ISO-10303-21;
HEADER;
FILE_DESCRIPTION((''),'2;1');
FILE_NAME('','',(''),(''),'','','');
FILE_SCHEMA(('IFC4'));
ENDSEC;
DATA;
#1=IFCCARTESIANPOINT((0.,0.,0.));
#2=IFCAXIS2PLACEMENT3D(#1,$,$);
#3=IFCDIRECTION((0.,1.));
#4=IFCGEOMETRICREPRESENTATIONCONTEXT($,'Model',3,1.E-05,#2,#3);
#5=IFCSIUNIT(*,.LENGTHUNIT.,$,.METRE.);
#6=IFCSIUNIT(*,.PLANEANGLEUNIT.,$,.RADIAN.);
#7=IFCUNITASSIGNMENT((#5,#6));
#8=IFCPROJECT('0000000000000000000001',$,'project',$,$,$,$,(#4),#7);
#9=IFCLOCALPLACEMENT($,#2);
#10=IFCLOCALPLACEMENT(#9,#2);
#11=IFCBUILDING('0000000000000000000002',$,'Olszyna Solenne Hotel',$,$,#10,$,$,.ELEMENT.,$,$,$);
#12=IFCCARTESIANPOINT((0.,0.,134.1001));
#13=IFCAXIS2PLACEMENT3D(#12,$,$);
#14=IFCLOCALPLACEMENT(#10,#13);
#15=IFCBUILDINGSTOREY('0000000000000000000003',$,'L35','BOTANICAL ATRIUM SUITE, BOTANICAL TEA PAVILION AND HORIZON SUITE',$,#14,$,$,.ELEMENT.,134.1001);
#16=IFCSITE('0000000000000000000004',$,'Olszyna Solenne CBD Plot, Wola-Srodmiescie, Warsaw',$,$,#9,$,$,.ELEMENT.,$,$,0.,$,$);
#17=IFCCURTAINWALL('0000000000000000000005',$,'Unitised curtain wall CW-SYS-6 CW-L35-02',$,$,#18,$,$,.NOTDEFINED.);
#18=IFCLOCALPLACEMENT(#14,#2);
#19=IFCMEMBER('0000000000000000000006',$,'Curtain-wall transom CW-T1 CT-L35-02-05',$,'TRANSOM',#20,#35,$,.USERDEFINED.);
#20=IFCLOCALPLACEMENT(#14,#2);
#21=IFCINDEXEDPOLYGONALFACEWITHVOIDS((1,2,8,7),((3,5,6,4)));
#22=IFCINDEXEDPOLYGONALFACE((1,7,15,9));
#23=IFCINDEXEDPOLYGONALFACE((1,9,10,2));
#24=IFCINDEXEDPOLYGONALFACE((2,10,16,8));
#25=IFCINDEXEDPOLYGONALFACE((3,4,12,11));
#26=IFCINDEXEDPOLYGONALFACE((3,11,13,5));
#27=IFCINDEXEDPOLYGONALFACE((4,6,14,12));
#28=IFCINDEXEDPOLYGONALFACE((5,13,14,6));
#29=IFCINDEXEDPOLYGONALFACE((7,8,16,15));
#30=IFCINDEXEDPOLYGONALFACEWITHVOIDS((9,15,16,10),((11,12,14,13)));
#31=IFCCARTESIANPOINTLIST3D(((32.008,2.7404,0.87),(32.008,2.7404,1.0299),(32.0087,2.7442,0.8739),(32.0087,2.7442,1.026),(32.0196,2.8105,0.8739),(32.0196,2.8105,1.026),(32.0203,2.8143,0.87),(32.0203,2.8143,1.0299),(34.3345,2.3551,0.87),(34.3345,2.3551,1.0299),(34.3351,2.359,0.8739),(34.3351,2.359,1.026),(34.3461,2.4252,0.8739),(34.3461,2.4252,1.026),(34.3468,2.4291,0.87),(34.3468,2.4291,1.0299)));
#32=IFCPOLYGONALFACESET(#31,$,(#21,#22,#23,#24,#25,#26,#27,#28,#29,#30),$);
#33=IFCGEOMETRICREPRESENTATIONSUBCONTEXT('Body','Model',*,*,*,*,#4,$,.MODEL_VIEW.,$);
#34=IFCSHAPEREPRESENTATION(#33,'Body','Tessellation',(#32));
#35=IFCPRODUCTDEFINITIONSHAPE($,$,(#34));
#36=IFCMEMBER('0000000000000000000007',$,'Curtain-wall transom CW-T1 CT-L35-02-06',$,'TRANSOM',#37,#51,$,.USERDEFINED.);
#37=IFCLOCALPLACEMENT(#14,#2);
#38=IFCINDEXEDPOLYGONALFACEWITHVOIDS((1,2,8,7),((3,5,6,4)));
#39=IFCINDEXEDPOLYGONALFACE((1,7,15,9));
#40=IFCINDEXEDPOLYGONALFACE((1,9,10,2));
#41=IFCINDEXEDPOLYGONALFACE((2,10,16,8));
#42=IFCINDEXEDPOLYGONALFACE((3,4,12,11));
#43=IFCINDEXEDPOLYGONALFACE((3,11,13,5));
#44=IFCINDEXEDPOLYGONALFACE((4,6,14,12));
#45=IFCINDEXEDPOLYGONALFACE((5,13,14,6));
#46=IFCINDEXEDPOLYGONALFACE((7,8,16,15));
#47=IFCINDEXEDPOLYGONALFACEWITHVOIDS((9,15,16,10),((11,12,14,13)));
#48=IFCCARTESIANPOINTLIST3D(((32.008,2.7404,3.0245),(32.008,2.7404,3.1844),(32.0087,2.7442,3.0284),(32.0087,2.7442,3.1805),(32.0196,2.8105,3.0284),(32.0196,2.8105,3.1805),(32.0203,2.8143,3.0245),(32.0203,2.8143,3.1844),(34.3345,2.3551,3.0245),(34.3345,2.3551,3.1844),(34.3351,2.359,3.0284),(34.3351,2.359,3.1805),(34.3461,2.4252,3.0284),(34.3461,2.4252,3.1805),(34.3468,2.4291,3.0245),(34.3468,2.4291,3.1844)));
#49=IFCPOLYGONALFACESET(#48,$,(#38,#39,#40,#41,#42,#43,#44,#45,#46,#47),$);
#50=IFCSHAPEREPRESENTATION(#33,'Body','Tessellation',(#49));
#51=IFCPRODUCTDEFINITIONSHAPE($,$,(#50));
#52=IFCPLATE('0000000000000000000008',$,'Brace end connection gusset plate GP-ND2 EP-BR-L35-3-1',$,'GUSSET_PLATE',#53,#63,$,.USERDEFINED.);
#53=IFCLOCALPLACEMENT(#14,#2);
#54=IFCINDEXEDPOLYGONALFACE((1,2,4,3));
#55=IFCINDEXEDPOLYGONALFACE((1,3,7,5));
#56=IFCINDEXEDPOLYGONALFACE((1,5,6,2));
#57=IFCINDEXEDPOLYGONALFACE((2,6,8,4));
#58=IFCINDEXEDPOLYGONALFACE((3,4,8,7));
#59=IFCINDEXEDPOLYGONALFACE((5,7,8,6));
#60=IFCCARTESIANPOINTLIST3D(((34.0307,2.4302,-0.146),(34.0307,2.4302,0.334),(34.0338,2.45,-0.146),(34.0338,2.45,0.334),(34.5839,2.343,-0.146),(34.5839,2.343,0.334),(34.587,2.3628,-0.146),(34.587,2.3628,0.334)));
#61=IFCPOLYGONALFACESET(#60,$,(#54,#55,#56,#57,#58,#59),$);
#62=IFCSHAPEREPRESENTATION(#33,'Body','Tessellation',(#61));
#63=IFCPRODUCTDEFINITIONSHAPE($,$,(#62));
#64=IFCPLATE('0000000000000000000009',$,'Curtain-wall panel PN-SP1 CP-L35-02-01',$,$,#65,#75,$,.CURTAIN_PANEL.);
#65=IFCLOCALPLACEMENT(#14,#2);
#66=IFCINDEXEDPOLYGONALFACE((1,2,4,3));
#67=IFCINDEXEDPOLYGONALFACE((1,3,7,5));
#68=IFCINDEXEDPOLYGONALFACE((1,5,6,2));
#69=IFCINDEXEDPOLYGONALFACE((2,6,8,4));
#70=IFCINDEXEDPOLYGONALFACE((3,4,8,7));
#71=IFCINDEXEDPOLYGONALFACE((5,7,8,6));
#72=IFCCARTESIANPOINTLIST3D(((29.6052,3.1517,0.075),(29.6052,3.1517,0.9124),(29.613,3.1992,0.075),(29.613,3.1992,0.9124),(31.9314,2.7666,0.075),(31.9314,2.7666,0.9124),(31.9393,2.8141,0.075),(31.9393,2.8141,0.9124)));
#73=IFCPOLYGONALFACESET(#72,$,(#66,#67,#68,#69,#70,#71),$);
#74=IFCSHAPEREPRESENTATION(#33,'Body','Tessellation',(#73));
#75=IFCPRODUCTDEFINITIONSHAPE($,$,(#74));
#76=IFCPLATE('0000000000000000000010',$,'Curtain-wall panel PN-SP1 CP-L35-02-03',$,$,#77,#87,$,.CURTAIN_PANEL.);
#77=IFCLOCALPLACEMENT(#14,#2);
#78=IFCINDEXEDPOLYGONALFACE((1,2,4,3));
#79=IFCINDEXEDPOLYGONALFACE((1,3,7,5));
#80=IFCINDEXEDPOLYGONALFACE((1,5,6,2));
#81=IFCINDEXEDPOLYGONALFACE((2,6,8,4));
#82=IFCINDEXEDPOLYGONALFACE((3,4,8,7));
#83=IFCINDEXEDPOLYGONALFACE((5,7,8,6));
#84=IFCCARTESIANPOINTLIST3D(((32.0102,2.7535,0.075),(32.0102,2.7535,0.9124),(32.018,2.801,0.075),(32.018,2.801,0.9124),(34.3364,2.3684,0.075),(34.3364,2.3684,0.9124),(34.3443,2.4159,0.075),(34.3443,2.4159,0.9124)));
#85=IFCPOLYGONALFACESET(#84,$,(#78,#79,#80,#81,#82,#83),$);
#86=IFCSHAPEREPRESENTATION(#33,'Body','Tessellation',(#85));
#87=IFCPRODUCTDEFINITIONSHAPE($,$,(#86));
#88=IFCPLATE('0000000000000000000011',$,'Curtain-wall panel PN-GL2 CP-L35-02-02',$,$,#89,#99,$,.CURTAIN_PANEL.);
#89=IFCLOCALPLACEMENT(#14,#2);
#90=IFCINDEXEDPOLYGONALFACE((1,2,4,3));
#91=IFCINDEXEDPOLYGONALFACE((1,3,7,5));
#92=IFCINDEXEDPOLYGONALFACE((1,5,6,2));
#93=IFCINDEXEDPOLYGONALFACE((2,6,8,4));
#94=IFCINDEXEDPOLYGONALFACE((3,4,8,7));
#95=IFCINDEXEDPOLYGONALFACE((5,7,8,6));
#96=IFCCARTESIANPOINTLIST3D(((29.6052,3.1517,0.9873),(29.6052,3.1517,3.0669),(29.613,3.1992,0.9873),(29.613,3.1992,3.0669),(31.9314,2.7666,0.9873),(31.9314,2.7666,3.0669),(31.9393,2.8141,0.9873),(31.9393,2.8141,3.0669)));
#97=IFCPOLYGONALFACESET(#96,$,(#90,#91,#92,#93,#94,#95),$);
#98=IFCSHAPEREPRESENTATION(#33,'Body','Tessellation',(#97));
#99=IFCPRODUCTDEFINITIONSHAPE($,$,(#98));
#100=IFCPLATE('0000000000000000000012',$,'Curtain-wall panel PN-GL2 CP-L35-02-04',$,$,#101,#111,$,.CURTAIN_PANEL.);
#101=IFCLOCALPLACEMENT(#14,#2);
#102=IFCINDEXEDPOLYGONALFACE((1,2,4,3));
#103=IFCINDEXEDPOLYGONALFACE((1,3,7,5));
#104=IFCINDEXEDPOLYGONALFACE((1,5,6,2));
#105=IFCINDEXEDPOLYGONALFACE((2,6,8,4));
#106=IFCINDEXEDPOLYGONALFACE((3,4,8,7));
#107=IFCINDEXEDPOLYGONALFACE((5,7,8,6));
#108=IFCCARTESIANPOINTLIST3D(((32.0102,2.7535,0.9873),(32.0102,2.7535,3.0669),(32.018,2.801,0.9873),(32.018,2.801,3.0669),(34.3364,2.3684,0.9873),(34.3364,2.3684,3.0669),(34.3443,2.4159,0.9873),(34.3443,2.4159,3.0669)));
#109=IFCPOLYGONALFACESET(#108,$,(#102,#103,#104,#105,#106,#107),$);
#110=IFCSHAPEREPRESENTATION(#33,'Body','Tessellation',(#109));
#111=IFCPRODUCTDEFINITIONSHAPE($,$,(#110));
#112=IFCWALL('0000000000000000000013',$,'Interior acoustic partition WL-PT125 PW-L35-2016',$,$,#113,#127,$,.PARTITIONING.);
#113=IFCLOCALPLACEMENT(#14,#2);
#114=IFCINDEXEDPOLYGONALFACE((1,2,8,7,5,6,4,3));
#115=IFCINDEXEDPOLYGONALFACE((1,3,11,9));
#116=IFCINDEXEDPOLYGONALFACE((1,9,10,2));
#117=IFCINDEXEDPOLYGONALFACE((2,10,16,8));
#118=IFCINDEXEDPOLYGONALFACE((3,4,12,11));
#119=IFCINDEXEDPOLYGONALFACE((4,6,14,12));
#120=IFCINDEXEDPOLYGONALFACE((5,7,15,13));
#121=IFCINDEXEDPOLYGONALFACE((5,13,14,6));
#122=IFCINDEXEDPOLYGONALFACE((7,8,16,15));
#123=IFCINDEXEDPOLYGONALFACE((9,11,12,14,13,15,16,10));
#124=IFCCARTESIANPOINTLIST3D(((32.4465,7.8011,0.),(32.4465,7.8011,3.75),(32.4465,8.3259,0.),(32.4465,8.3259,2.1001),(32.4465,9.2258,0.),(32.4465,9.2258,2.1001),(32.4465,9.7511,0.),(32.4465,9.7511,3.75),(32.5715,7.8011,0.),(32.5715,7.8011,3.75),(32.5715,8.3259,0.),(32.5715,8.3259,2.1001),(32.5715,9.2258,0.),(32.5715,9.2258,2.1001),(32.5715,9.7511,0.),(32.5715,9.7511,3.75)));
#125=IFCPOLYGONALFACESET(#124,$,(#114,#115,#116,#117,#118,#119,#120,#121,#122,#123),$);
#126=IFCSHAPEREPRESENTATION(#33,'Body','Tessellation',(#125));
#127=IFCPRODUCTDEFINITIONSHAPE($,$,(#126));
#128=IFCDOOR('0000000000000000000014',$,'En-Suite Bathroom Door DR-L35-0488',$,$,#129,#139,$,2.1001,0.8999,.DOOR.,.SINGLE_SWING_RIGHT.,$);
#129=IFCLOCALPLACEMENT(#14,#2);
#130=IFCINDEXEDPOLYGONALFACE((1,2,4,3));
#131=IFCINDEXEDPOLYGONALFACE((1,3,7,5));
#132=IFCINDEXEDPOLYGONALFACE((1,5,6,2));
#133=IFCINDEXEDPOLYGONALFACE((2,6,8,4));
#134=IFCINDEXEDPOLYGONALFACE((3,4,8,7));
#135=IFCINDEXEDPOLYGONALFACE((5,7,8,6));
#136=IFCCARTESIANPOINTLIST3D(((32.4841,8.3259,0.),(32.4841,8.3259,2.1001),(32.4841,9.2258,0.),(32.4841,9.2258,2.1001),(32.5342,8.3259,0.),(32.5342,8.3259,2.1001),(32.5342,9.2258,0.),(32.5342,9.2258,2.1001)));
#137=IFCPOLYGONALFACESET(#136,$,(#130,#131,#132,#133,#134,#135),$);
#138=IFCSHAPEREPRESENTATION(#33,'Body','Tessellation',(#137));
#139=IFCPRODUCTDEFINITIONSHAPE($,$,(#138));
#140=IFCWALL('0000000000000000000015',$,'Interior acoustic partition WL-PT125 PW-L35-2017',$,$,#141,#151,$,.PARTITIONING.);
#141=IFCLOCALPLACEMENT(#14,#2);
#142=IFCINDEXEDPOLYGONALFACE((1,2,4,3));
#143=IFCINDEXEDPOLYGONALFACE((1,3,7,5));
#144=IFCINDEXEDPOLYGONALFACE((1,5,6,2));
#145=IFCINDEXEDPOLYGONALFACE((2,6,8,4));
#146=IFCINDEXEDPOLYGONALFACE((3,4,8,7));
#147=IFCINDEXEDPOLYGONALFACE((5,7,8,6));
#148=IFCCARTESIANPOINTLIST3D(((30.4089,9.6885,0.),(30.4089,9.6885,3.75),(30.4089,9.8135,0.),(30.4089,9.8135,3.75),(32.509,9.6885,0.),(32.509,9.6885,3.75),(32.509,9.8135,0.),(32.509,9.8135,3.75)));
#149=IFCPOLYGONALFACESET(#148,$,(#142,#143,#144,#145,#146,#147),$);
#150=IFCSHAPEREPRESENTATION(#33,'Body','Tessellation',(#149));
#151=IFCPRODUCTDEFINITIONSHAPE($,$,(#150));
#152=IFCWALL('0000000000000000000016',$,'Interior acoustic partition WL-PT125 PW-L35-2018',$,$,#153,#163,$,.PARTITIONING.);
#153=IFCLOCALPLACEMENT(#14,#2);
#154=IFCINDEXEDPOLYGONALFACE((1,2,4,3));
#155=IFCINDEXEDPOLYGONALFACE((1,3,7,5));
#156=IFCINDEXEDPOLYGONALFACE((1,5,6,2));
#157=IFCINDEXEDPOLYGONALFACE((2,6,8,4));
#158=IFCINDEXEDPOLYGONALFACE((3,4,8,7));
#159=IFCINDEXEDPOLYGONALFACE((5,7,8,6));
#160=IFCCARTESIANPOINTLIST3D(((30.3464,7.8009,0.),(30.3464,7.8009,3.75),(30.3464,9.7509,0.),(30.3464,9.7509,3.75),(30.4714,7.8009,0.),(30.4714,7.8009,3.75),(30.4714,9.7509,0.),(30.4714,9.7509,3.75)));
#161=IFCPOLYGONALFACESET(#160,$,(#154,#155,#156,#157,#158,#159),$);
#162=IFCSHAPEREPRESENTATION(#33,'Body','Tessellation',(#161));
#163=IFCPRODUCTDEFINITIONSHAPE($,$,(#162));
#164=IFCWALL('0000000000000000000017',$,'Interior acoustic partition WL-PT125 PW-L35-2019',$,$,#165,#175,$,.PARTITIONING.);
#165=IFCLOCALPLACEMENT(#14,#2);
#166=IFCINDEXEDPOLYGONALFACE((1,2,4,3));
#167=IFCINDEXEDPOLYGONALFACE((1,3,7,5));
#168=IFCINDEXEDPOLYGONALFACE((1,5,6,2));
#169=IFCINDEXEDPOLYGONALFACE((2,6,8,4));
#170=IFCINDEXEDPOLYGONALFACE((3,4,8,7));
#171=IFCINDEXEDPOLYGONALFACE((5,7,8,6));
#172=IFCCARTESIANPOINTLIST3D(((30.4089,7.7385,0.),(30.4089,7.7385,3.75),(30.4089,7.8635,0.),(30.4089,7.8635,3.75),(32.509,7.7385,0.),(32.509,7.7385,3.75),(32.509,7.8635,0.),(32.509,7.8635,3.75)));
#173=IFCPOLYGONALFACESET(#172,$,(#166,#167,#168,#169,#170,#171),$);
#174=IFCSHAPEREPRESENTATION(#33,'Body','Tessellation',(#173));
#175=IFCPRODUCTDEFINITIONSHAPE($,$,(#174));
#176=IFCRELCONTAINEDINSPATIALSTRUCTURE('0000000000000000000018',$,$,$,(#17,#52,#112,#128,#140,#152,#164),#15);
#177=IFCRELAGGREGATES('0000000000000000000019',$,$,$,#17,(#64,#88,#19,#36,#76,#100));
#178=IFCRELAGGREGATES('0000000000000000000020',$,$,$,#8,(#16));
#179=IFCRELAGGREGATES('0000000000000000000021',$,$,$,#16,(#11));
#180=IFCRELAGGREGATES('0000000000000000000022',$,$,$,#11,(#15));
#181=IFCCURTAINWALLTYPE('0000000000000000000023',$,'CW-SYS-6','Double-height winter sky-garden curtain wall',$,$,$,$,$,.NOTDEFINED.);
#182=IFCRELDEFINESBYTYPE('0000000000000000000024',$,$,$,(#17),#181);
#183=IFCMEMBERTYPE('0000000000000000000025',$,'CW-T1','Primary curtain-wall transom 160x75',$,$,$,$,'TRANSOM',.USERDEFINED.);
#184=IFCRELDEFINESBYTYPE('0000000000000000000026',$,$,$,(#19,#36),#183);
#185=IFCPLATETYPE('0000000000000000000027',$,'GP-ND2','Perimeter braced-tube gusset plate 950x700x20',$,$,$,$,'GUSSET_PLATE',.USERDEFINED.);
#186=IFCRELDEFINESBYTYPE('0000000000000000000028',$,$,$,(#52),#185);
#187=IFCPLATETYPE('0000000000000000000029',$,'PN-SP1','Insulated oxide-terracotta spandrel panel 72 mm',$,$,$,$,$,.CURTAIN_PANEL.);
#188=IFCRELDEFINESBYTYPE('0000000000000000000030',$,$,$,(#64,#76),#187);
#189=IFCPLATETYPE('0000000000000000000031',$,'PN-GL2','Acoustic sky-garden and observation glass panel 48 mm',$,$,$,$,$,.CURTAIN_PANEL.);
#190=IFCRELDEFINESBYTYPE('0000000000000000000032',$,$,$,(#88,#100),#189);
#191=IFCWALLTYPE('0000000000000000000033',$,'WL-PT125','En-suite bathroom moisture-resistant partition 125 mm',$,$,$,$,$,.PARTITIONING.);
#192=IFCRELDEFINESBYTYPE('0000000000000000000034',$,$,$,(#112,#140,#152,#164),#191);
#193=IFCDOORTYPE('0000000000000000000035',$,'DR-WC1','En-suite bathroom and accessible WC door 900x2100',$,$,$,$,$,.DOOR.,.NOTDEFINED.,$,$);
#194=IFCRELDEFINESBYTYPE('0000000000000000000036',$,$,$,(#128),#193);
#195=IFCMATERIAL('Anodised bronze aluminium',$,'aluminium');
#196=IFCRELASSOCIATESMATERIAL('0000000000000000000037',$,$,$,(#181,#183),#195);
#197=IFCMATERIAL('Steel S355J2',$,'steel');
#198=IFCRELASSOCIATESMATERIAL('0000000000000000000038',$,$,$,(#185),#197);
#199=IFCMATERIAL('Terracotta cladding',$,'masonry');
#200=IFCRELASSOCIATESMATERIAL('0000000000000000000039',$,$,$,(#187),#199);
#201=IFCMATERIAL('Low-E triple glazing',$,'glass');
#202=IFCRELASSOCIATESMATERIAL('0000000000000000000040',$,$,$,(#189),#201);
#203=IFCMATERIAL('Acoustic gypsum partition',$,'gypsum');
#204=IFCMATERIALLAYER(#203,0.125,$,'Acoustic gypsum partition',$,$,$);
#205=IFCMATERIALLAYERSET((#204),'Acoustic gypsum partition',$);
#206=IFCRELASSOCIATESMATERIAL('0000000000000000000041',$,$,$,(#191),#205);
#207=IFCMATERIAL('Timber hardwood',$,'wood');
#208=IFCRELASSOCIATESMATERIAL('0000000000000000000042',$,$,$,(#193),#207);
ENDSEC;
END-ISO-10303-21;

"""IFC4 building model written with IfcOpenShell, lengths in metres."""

from ifc_helpers import new_model, si_unit, direction, frame, frame_2d, origin, origin_2d, place, context, subcontext, project, spatial, rectangle, hollow_rectangle, extrude, source, transform, mapped, material, layer, layer_set, material_profile, profile_set, type_object, type_shapes, element, fill, aggregate, save


model = new_model("IFC4")

# Units and contexts
model_context = context("Model", 3, precision=1e-05, world=origin(), true_north=direction((0.0, 1.0)))
body_context = subcontext(model_context, "Body", "Model", "MODEL_VIEW")
ifc_project = project(units=[si_unit("LENGTHUNIT", "METRE"), si_unit("PLANEANGLEUNIT", "RADIAN")], contexts=[model_context])

# Site, building, storey
site_placement = place(None, origin())
site = spatial("IfcSite", under=ifc_project, at=site_placement, Name="Olszyna Solenne CBD Plot, Wola-Srodmiescie, Warsaw", CompositionType="ELEMENT", RefElevation=0.0)
building_placement = place(site_placement, origin())
building = spatial("IfcBuilding", under=site, at=building_placement, Name="Olszyna Solenne Hotel", CompositionType="ELEMENT")
storey_placement = place(building_placement, frame((0.0, 0.0, 134.1001)))
storey = spatial("IfcBuildingStorey", under=building, at=storey_placement, Name="L35", Description="BOTANICAL ATRIUM SUITE, BOTANICAL TEA PAVILION AND HORIZON SUITE", CompositionType="ELEMENT", Elevation=134.1001)

# Shared definitions
ifc_material_1 = material(Name="Anodised bronze aluminium", Category="aluminium")
curtain_wall_type = type_object("IfcCurtainWallType", Name="CW-SYS-6", Description="Double-height winter sky-garden curtain wall", PredefinedType="NOTDEFINED", material=ifc_material_1)

# Curtain wall
curtain_wall_1_placement = place(storey_placement, origin())
curtain_wall_1 = element("IfcCurtainWall", 1, at=curtain_wall_1_placement, inside=storey, type_object=curtain_wall_type, Name="Unitised curtain wall CW-SYS-6 CW-L35-02", PredefinedType="NOTDEFINED")

# Members
ifc_material_profile_1 = material_profile(ifc_material_1, hollow_rectangle(XDim=0.075, YDim=0.1599, WallThickness=0.0039, at=origin_2d()), Name="TRAN 160x75x4", Category="load-bearing")
ifc_profile_set_1 = profile_set([ifc_material_profile_1], Name="Anodised bronze aluminium")
member_type_1 = type_object("IfcMemberType", Name="CW-T1", Description="Primary curtain-wall transom 160x75", ElementType="TRANSOM", PredefinedType="USERDEFINED", material=ifc_profile_set_1)
shared_shape_1 = source(origin(), body_context, "Body", "SweptSolid", [
    extrude(hollow_rectangle(XDim=0.075, YDim=0.1599, WallThickness=0.0039, at=origin_2d()), origin(), (0.0, 0.0, 1.0), 2.3582),
])
member_1_placement = place(storey_placement, frame((32.0142, 2.7773, 0.95), z_axis=(0.986564, -0.163375, 0.0), x_axis=(0.163375, 0.986564, 0.0)))
member_1 = element("IfcMember", 2, at=member_1_placement, type_object=member_type_1, Name="Curtain-wall transom CW-T1 CT-L35-02-05", ObjectType="TRANSOM", PredefinedType="USERDEFINED", context=body_context, shape_type="MappedRepresentation", body=[
    mapped(shared_shape_1, transform((0.0, 0.0, 0.0), x_axis=(1.0, 0.0, 0.0), y_axis=(0.0, 1.0, 0.0), z_axis=(0.0, 0.0, 1.0), scale=1.0)),
])
member_2_placement = place(storey_placement, frame((32.0142, 2.7773, 3.1045), z_axis=(0.986564, -0.163375, 0.0), x_axis=(0.163375, 0.986564, 0.0)))
member_2 = element("IfcMember", 3, at=member_2_placement, type_object=member_type_1, Name="Curtain-wall transom CW-T1 CT-L35-02-06", ObjectType="TRANSOM", PredefinedType="USERDEFINED", context=body_context, shape_type="MappedRepresentation", body=[
    mapped(shared_shape_1, transform((0.0, 0.0, 0.0), x_axis=(1.0, 0.0, 0.0), y_axis=(0.0, 1.0, 0.0), z_axis=(0.0, 0.0, 1.0), scale=1.0)),
])

# Plates
ifc_material_2 = material(Name="Steel S355J2", Category="steel")
plate_type_1 = type_object("IfcPlateType", Name="GP-ND2", Description="Perimeter braced-tube gusset plate 950x700x20", ElementType="GUSSET_PLATE", PredefinedType="USERDEFINED", material=ifc_material_2)
shared_shape_2 = source(origin(), body_context, "Body", "SweptSolid", [
    extrude(rectangle(XDim=0.5601, YDim=0.02, at=origin_2d()), origin(), (0.0, 0.0, 1.0), 0.48),
])
plate_1_placement = place(storey_placement, frame((34.3088, 2.3965, -0.146), z_axis=(0.0, 0.0, 1.0), x_axis=(-0.987797, 0.155745, 0.0)))
element("IfcPlate", 4, at=plate_1_placement, inside=storey, type_object=plate_type_1, Name="Brace end connection gusset plate GP-ND2 EP-BR-L35-3-1", ObjectType="GUSSET_PLATE", PredefinedType="USERDEFINED", context=body_context, shape_type="MappedRepresentation", body=[
    mapped(shared_shape_2, transform((0.0, 0.0, 0.0), x_axis=(1.0, 0.0, 0.0), y_axis=(0.0, 1.0, 0.0), z_axis=(0.0, 0.0, 1.0), scale=1.0)),
])
ifc_material_3 = material(Name="Terracotta cladding", Category="masonry")
plate_type_2 = type_object("IfcPlateType", Name="PN-SP1", Description="Insulated oxide-terracotta spandrel panel 72 mm", PredefinedType="CURTAIN_PANEL", material=ifc_material_3)
shared_shape_3 = source(origin(), body_context, "Body", "SweptSolid", [
    extrude(rectangle(XDim=2.3579, YDim=0.0481, at=origin_2d()), origin(), (0.0, 0.0, 1.0), 0.8374),
])
plate_2_placement = place(storey_placement, frame((30.7722, 2.9829, 0.075), z_axis=(0.0, 0.0, 1.0), x_axis=(0.986573, -0.163322, 0.0)))
plate_2 = element("IfcPlate", 5, at=plate_2_placement, type_object=plate_type_2, Name="Curtain-wall panel PN-SP1 CP-L35-02-01", PredefinedType="CURTAIN_PANEL", context=body_context, shape_type="MappedRepresentation", body=[
    mapped(shared_shape_3, transform((0.0, 0.0, 0.0), x_axis=(1.0, 0.0, 0.0), y_axis=(0.0, 1.0, 0.0), z_axis=(0.0, 0.0, 1.0), scale=1.0)),
])
plate_3_placement = place(storey_placement, frame((33.1772, 2.5847, 0.075), z_axis=(0.0, 0.0, 1.0), x_axis=(0.986573, -0.163322, 0.0)))
plate_3 = element("IfcPlate", 6, at=plate_3_placement, type_object=plate_type_2, Name="Curtain-wall panel PN-SP1 CP-L35-02-03", PredefinedType="CURTAIN_PANEL", context=body_context, shape_type="MappedRepresentation", body=[
    mapped(shared_shape_3, transform((0.0, 0.0, 0.0), x_axis=(1.0, 0.0, 0.0), y_axis=(0.0, 1.0, 0.0), z_axis=(0.0, 0.0, 1.0), scale=1.0)),
])
ifc_material_4 = material(Name="Low-E triple glazing", Category="glass")
plate_type_3 = type_object("IfcPlateType", Name="PN-GL2", Description="Acoustic sky-garden and observation glass panel 48 mm", PredefinedType="CURTAIN_PANEL", material=ifc_material_4)
shared_shape_4 = source(origin(), body_context, "Body", "SweptSolid", [
    extrude(rectangle(XDim=2.3579, YDim=0.0481, at=origin_2d()), origin(), (0.0, 0.0, 1.0), 2.0796),
])
plate_4_placement = place(storey_placement, frame((30.7722, 2.9829, 0.9873), z_axis=(0.0, 0.0, 1.0), x_axis=(0.986573, -0.163322, 0.0)))
plate_4 = element("IfcPlate", 7, at=plate_4_placement, type_object=plate_type_3, Name="Curtain-wall panel PN-GL2 CP-L35-02-02", PredefinedType="CURTAIN_PANEL", context=body_context, shape_type="MappedRepresentation", body=[
    mapped(shared_shape_4, transform((0.0, 0.0, 0.0), x_axis=(1.0, 0.0, 0.0), y_axis=(0.0, 1.0, 0.0), z_axis=(0.0, 0.0, 1.0), scale=1.0)),
])
plate_5_placement = place(storey_placement, frame((33.1772, 2.5847, 0.9873), z_axis=(0.0, 0.0, 1.0), x_axis=(0.986573, -0.163322, 0.0)))
plate_5 = element("IfcPlate", 8, at=plate_5_placement, type_object=plate_type_3, Name="Curtain-wall panel PN-GL2 CP-L35-02-04", PredefinedType="CURTAIN_PANEL", context=body_context, shape_type="MappedRepresentation", body=[
    mapped(shared_shape_4, transform((0.0, 0.0, 0.0), x_axis=(1.0, 0.0, 0.0), y_axis=(0.0, 1.0, 0.0), z_axis=(0.0, 0.0, 1.0), scale=1.0)),
])
aggregate(curtain_wall_1, [plate_2, plate_4, member_1, member_2, plate_3, plate_5])

# Wall, opening, door
ifc_material_5 = material(Name="Acoustic gypsum partition", Category="gypsum")
ifc_layer_1 = layer(ifc_material_5, 0.125, Name="Acoustic gypsum partition")
ifc_layer_set_1 = layer_set([ifc_layer_1], Name="Acoustic gypsum partition")
wall_type_1 = type_object("IfcWallType", Name="WL-PT125", Description="En-suite bathroom moisture-resistant partition 125 mm", PredefinedType="PARTITIONING", material=ifc_layer_set_1)
wall_1_placement = place(storey_placement, frame((32.509, 7.801, 0.0), z_axis=(0.0, 0.0, 1.0), x_axis=(0.0, 1.0, 0.0)))
wall_1 = element("IfcWall", 9, at=wall_1_placement, inside=storey, type_object=wall_type_1, Name="Interior acoustic partition WL-PT125 PW-L35-2016", PredefinedType="PARTITIONING", context=body_context, shape_type="SweptSolid", body=[
    extrude(rectangle(XDim=1.95, YDim=0.125, at=frame_2d((0.9751, 0.0))), origin(), (0.0, 0.0, 1.0), 3.75),
])
opening_1_placement = place(wall_1_placement, frame((0.5249, 0.0, 0.0)))
opening_1 = element("IfcOpeningElement", 10, at=opening_1_placement, cuts=wall_1, PredefinedType="OPENING", context=body_context, shape_type="SweptSolid", body=[
    extrude(rectangle(XDim=0.8999, YDim=2.1001, at=frame_2d((0.45, 1.05))), frame((0.0, 0.0725, 0.0), z_axis=(0.0, -1.0, 0.0), x_axis=(1.0, 0.0, 0.0)), (0.0, 0.0, 1.0), 0.145),
])
ifc_material_6 = material(Name="Timber hardwood", Category="wood")
door_type_1 = type_object("IfcDoorType", Name="DR-WC1", Description="En-suite bathroom and accessible WC door 900x2100", OperationType="NOTDEFINED", PredefinedType="DOOR", material=ifc_material_6)
shared_shape_5 = source(origin(), body_context, "Body", "SweptSolid", [
    extrude(rectangle(XDim=0.8999, YDim=2.1001, at=frame_2d((0.45, 1.05))), frame((0.0, 0.0249, 0.0), z_axis=(0.0, -1.0, 0.0), x_axis=(1.0, 0.0, 0.0)), (0.0, 0.0, 1.0), 0.05),
])
type_shapes(door_type_1, [shared_shape_5])
door_1_placement = place(opening_1_placement, origin())
door_1 = element("IfcDoor", 11, at=door_1_placement, inside=storey, type_object=door_type_1, Name="En-Suite Bathroom Door DR-L35-0488", OperationType="SINGLE_SWING_RIGHT", OverallHeight=2.1001, OverallWidth=0.8999, PredefinedType="DOOR", context=body_context, shape_type="MappedRepresentation", body=[
    mapped(shared_shape_5, transform((0.0, 0.0, 0.0), x_axis=(1.0, 0.0, 0.0), y_axis=(0.0, 1.0, 0.0), z_axis=(0.0, 0.0, 1.0), scale=1.0)),
])
fill(opening_1, door_1)

# Walls
wall_2_placement = place(storey_placement, frame((32.509, 9.751, 0.0), z_axis=(0.0, 0.0, 1.0), x_axis=(-1.0, 0.0, 0.0)))
element("IfcWall", 12, at=wall_2_placement, inside=storey, type_object=wall_type_1, Name="Interior acoustic partition WL-PT125 PW-L35-2017", PredefinedType="PARTITIONING", context=body_context, shape_type="SweptSolid", body=[
    extrude(rectangle(XDim=2.1001, YDim=0.125, at=frame_2d((1.05, 0.0))), origin(), (0.0, 0.0, 1.0), 3.75),
])
wall_3_placement = place(storey_placement, frame((30.4089, 9.751, 0.0), z_axis=(0.0, 0.0, 1.0), x_axis=(0.0, -1.0, 0.0)))
element("IfcWall", 13, at=wall_3_placement, inside=storey, type_object=wall_type_1, Name="Interior acoustic partition WL-PT125 PW-L35-2018", PredefinedType="PARTITIONING", context=body_context, shape_type="SweptSolid", body=[
    extrude(rectangle(XDim=1.95, YDim=0.125, at=frame_2d((0.9751, 0.0))), origin(), (0.0, 0.0, 1.0), 3.75),
])
wall_4_placement = place(storey_placement, frame((30.4089, 7.801, 0.0), z_axis=(0.0, 0.0, 1.0), x_axis=(1.0, 0.0, 0.0)))
element("IfcWall", 14, at=wall_4_placement, inside=storey, type_object=wall_type_1, Name="Interior acoustic partition WL-PT125 PW-L35-2019", PredefinedType="PARTITIONING", context=body_context, shape_type="SweptSolid", body=[
    extrude(rectangle(XDim=2.1001, YDim=0.125, at=frame_2d((1.05, 0.0))), origin(), (0.0, 0.0, 1.0), 3.75),
])

save(model, "model.ifc")
